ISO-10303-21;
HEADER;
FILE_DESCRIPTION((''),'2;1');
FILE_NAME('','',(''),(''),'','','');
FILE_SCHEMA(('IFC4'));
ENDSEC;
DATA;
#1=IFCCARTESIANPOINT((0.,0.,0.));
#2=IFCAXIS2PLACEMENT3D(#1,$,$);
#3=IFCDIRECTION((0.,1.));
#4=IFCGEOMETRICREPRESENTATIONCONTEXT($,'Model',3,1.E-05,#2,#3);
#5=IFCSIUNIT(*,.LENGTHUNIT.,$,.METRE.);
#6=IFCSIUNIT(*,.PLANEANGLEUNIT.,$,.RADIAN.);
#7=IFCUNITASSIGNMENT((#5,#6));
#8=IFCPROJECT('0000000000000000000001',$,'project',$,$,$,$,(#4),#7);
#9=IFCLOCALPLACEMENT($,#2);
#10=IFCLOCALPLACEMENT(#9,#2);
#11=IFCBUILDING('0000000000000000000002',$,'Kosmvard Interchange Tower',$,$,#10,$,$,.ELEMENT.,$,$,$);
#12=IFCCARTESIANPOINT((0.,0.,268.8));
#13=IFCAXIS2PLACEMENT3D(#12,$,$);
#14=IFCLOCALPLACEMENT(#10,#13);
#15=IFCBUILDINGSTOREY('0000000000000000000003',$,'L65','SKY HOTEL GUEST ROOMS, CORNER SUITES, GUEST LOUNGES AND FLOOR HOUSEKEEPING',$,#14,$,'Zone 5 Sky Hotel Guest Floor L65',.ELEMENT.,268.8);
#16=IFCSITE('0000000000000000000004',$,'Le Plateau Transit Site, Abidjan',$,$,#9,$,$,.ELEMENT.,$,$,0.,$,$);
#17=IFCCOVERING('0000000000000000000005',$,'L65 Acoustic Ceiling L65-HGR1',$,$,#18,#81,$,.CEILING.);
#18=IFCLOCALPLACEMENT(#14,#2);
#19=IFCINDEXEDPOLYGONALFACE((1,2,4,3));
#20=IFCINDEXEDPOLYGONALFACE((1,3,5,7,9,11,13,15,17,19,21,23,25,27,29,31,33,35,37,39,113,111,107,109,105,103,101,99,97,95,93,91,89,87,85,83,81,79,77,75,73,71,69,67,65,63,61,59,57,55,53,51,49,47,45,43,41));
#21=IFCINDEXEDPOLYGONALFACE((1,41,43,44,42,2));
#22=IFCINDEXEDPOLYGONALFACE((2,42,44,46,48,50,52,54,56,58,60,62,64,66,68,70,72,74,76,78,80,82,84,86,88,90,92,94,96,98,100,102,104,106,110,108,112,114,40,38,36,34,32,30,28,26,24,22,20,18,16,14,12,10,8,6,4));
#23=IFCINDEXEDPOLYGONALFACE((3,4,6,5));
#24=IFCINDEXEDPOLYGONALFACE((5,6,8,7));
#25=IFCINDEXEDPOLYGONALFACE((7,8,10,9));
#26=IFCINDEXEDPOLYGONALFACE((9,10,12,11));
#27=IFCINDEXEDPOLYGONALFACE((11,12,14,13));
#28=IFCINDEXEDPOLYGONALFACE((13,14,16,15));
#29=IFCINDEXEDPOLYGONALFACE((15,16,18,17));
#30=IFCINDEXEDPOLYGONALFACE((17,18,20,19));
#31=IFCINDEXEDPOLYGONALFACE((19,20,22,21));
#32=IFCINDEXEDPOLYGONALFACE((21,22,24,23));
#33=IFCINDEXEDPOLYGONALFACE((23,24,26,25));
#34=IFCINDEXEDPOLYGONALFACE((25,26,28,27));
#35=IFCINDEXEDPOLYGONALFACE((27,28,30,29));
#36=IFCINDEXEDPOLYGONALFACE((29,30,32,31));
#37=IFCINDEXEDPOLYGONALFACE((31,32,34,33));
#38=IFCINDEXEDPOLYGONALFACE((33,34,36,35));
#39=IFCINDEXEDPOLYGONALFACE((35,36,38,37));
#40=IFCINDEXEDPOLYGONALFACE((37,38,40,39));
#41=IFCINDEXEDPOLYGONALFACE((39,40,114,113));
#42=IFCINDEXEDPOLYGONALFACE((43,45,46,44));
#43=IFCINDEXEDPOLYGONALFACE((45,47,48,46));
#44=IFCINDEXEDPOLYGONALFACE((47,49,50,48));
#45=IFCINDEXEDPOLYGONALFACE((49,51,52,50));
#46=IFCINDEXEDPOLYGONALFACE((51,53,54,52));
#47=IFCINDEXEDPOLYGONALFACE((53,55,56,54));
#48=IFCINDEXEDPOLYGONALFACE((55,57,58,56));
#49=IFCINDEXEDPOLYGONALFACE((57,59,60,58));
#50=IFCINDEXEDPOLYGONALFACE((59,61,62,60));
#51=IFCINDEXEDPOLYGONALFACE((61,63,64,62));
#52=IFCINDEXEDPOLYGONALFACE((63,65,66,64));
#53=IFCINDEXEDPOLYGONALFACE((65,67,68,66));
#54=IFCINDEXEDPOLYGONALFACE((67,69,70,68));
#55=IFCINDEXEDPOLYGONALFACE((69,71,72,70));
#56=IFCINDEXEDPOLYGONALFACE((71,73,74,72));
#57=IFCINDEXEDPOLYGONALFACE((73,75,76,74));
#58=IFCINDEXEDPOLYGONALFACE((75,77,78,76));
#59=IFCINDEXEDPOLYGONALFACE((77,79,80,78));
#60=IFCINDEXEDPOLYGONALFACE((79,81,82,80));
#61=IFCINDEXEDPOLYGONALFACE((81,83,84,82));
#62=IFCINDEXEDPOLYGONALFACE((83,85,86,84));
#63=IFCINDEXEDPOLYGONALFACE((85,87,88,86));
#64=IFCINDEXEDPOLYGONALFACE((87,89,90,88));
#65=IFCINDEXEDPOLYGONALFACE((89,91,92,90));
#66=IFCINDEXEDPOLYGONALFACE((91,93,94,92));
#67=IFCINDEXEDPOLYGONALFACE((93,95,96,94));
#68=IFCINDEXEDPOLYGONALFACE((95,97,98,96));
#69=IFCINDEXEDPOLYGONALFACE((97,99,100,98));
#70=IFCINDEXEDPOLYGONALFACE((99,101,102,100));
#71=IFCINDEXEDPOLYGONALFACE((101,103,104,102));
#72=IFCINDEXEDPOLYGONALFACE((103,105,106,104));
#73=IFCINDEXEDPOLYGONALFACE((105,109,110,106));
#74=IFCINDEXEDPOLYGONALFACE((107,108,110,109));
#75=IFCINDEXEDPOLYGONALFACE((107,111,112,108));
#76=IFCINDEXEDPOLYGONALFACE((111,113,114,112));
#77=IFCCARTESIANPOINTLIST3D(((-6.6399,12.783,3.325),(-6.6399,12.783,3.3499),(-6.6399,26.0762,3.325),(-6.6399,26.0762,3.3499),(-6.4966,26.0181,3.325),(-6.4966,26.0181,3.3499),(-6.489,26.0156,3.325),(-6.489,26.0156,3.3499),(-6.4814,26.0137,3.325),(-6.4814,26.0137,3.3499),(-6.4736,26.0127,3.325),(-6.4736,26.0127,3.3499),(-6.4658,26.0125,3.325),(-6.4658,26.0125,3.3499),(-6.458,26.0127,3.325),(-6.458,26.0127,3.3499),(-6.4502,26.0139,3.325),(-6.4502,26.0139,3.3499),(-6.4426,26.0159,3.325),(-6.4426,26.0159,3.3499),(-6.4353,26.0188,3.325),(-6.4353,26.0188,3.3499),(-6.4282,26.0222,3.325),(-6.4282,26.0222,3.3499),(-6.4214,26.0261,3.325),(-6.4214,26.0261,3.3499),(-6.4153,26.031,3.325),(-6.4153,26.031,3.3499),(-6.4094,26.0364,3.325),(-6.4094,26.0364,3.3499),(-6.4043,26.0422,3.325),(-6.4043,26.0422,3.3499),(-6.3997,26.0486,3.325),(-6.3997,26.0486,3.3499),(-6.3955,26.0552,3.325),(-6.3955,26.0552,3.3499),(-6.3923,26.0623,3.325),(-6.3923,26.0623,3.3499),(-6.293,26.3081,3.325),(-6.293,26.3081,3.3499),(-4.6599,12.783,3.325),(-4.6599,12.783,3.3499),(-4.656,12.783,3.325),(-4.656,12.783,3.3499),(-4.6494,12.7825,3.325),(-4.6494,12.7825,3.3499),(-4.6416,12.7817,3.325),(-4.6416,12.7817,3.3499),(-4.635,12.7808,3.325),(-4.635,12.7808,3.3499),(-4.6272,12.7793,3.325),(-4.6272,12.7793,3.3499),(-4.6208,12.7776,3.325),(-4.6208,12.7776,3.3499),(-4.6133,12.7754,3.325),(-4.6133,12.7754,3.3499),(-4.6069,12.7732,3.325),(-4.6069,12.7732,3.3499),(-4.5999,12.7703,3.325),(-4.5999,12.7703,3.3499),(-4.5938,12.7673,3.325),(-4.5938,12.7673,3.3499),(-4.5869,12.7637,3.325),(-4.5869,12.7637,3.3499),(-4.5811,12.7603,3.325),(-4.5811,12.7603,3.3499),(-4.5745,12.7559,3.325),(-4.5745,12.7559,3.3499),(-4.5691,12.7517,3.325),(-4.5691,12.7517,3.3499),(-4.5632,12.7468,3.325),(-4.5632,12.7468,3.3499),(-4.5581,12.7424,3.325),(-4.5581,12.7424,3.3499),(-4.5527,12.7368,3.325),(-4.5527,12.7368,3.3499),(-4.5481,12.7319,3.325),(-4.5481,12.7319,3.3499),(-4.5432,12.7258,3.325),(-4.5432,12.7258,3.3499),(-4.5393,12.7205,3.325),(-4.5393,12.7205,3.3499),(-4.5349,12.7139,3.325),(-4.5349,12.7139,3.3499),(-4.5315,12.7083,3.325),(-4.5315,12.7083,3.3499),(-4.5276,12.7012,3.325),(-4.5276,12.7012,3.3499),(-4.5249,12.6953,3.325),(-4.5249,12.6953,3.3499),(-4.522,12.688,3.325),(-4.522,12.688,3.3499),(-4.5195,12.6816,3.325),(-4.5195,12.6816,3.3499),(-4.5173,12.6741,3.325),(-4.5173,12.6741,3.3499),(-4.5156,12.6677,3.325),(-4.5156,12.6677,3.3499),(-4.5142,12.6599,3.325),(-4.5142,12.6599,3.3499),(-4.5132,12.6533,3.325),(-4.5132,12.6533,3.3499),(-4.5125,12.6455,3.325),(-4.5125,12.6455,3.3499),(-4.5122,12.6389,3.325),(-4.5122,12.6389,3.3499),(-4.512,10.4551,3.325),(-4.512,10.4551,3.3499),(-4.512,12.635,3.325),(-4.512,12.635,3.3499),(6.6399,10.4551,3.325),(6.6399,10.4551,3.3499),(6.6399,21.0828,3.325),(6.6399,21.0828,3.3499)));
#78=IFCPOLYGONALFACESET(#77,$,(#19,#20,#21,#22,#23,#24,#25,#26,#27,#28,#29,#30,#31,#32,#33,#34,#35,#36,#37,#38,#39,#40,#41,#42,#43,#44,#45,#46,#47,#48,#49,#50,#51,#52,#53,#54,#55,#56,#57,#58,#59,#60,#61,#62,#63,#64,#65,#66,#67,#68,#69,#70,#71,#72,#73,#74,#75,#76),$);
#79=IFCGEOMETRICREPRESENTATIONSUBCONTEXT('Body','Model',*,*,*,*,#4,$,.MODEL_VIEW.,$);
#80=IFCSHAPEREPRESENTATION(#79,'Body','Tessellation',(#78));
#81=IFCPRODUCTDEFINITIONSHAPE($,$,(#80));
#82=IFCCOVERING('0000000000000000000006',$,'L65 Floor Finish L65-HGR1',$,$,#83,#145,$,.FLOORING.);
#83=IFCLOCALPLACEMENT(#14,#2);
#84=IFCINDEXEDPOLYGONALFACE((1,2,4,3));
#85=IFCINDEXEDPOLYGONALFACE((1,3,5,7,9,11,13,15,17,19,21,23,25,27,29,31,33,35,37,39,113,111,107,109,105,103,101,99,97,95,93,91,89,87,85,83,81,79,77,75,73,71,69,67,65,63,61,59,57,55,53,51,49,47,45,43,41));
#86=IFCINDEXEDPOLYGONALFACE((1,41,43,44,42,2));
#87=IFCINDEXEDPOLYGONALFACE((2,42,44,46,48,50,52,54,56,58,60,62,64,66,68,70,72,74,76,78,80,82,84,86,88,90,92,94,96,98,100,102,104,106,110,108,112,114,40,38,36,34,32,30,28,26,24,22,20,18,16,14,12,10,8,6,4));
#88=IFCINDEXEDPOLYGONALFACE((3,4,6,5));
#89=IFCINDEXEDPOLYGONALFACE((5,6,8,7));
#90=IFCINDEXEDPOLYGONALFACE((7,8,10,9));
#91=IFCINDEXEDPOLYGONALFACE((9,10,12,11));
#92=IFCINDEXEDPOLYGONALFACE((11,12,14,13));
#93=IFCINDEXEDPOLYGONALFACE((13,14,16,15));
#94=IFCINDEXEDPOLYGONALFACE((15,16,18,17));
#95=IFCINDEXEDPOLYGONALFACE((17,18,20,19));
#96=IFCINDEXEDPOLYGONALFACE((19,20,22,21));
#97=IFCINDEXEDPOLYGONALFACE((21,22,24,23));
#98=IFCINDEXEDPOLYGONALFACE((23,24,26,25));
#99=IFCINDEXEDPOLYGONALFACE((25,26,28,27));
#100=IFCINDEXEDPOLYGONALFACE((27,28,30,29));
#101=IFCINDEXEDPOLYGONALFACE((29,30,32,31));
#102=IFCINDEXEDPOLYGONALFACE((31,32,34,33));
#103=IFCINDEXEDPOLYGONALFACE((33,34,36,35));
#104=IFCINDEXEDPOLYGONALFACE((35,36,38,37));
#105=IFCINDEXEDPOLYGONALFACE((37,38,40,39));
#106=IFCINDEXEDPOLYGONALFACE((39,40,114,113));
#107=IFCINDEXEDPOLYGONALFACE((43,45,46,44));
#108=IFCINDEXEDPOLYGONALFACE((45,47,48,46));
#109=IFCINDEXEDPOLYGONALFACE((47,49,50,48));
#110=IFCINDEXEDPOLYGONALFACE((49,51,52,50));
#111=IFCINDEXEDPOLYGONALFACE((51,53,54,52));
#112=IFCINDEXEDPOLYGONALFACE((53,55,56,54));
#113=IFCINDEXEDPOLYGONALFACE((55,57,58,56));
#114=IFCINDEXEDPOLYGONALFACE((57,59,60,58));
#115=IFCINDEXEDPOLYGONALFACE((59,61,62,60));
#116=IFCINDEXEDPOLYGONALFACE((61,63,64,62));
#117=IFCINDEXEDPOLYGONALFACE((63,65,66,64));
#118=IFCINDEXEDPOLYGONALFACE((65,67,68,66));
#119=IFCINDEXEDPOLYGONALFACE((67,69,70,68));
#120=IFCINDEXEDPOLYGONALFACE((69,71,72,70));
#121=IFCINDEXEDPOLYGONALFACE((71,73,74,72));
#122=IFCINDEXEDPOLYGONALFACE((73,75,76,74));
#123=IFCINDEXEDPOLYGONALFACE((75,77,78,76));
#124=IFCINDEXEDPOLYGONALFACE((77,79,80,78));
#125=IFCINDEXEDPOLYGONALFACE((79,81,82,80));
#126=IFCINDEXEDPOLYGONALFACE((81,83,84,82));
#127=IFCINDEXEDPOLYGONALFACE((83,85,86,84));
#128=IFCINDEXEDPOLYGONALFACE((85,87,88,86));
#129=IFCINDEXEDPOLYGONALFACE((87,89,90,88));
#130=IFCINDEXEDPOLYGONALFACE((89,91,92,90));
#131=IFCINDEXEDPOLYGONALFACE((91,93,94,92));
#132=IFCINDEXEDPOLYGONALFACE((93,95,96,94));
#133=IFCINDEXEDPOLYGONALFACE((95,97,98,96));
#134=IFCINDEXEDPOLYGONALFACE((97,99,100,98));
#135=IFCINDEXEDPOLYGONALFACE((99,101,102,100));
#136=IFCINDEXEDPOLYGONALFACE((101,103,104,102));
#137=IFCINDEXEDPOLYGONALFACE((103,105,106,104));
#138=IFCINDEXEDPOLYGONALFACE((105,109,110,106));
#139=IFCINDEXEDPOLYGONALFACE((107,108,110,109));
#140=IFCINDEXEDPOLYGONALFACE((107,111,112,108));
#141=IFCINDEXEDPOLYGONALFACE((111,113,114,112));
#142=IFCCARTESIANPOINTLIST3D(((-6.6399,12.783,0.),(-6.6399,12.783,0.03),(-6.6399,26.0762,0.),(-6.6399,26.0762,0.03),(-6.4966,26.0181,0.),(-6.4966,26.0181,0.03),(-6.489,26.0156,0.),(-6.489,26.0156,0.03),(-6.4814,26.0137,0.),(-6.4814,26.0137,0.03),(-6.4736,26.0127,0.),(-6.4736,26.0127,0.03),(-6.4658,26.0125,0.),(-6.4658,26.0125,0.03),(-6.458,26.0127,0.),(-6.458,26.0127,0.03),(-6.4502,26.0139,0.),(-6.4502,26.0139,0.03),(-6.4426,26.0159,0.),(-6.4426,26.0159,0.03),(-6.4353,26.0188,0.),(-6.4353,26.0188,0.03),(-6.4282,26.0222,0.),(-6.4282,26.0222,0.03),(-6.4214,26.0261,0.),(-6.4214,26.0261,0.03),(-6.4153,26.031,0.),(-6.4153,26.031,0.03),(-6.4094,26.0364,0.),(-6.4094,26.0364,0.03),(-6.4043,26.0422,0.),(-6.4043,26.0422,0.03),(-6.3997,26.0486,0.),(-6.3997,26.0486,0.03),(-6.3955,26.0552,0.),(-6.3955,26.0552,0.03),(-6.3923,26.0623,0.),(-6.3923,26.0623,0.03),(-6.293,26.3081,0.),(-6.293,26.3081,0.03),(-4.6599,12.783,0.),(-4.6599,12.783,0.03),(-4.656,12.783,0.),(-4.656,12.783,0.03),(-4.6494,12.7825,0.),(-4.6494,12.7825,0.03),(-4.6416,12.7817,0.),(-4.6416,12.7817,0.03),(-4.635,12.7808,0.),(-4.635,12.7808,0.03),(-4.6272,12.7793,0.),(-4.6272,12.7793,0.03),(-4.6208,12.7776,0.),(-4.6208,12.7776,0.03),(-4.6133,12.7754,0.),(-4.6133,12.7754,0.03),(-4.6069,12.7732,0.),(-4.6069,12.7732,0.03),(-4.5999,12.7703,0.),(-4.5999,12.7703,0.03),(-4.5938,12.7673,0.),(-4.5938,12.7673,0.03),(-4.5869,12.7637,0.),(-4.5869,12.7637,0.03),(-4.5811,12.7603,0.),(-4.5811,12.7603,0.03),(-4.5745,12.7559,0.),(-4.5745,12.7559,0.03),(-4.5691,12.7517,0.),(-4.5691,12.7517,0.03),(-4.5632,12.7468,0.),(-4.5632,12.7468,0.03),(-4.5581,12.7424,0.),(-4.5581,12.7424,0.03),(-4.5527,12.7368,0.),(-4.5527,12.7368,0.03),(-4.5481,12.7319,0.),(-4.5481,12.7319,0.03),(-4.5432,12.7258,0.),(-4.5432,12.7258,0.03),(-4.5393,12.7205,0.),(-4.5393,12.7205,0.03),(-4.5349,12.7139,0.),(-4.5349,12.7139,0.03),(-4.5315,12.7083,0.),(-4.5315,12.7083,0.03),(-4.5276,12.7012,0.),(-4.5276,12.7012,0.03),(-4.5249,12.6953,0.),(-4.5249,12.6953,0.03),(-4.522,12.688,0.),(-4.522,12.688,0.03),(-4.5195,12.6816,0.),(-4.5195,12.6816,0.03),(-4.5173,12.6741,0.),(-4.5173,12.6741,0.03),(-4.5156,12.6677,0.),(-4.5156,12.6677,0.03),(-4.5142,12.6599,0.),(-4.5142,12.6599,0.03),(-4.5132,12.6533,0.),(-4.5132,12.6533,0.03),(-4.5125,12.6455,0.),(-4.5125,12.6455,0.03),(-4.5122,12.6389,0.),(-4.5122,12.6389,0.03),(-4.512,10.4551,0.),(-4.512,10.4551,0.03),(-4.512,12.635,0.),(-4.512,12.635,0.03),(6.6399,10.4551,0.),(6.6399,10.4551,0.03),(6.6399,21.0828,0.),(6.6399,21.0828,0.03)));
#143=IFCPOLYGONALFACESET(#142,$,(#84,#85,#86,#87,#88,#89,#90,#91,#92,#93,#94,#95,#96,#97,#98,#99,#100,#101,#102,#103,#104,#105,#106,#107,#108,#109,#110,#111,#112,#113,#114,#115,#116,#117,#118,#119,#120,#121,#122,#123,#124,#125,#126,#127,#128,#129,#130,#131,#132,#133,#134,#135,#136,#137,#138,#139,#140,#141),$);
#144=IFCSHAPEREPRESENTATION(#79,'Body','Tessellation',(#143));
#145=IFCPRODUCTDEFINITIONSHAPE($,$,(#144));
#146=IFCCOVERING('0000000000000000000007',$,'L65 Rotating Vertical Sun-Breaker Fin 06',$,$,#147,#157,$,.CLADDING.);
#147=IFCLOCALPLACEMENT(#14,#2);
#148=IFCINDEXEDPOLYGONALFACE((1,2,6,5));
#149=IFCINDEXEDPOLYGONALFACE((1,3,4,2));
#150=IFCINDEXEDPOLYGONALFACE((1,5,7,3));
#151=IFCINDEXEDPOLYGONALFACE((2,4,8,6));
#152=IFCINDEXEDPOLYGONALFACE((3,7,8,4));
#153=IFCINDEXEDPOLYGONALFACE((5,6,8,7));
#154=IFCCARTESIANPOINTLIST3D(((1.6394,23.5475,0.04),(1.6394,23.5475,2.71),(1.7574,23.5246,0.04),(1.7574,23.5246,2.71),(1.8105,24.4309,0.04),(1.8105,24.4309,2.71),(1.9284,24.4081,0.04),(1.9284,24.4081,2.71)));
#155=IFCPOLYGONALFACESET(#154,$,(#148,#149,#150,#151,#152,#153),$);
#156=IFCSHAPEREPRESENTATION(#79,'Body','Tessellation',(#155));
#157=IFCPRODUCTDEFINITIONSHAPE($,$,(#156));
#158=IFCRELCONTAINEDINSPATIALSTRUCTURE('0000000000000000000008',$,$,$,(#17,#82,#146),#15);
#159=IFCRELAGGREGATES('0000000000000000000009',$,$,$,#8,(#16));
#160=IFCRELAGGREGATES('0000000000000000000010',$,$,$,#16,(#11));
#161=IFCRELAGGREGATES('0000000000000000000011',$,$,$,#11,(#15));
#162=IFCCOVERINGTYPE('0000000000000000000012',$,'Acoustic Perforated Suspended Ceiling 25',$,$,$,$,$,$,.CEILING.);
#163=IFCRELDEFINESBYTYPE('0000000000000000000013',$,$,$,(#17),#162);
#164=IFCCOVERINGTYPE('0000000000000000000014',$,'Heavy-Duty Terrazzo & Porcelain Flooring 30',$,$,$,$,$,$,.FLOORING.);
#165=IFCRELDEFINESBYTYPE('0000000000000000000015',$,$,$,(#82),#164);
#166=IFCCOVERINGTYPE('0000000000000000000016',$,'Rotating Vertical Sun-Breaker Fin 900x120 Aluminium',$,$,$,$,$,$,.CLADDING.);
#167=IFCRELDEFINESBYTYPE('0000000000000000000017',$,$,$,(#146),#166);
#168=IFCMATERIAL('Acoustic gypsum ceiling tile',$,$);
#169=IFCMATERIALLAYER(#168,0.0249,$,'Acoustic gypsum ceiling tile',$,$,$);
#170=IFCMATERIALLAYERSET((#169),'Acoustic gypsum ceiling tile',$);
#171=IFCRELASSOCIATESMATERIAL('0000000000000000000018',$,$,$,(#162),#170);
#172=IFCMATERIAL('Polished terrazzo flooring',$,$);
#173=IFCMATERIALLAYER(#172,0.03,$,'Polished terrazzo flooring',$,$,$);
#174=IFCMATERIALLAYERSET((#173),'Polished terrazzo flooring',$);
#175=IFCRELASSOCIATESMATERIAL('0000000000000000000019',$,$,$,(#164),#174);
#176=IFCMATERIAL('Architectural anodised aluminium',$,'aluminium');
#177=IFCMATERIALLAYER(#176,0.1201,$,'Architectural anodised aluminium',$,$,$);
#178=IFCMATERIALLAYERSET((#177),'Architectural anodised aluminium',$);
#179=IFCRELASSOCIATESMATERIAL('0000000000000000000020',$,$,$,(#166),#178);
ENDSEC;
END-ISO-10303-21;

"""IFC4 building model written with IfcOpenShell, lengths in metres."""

from ifc_helpers import new_model, si_unit, direction, frame, origin, origin_2d, place, context, subcontext, project, spatial, polyline, rectangle, outline, extrude, source, transform, mapped, material, layer, layer_set, type_object, element, save


model = new_model("IFC4")

# Units and contexts
model_context = context("Model", 3, precision=1e-05, world=origin(), true_north=direction((0.0, 1.0)))
body_context = subcontext(model_context, "Body", "Model", "MODEL_VIEW")
ifc_project = project(units=[si_unit("LENGTHUNIT", "METRE"), si_unit("PLANEANGLEUNIT", "RADIAN")], contexts=[model_context])

# Site, building, storey
site_placement = place(None, origin())
site = spatial("IfcSite", under=ifc_project, at=site_placement, Name="Le Plateau Transit Site, Abidjan", CompositionType="ELEMENT", RefElevation=0.0)
building_placement = place(site_placement, origin())
building = spatial("IfcBuilding", under=site, at=building_placement, Name="Kosmvard Interchange Tower", CompositionType="ELEMENT")
storey_placement = place(building_placement, frame((0.0, 0.0, 268.8)))
storey = spatial("IfcBuildingStorey", under=building, at=storey_placement, Name="L65", Description="SKY HOTEL GUEST ROOMS, CORNER SUITES, GUEST LOUNGES AND FLOOR HOUSEKEEPING", LongName="Zone 5 Sky Hotel Guest Floor L65", CompositionType="ELEMENT", Elevation=268.8)

# Coverings
ifc_material_1 = material(Name="Acoustic gypsum ceiling tile")
ifc_layer_1 = layer(ifc_material_1, 0.0249, Name="Acoustic gypsum ceiling tile")
ifc_layer_set_1 = layer_set([ifc_layer_1], Name="Acoustic gypsum ceiling tile")
covering_type_1 = type_object("IfcCoveringType", Name="Acoustic Perforated Suspended Ceiling 25", PredefinedType="CEILING", material=ifc_layer_set_1)
covering_1_placement = place(storey_placement, frame((0.0, 0.0, 3.325)))
element("IfcCovering", 1, at=covering_1_placement, inside=storey, type_object=covering_type_1, Name="L65 Acoustic Ceiling L65-HGR1", PredefinedType="CEILING", context=body_context, shape_type="SweptSolid", body=[
    extrude(outline(polyline([(-6.6399, 12.783), (-4.6599, 12.783), (-4.656, 12.783), (-4.6494, 12.7825), (-4.6416, 12.7817), (-4.635, 12.7808), (-4.6272, 12.7793), (-4.6208, 12.7776), (-4.6133, 12.7754), (-4.6069, 12.7732), (-4.5999, 12.7703), (-4.5938, 12.7673), (-4.5869, 12.7637), (-4.5811, 12.7603), (-4.5745, 12.7559), (-4.5691, 12.7517), (-4.5632, 12.7468), (-4.5581, 12.7424), (-4.5527, 12.7368), (-4.5481, 12.7319), (-4.5432, 12.7258), (-4.5393, 12.7205), (-4.5349, 12.7139), (-4.5315, 12.7083), (-4.5276, 12.7012), (-4.5249, 12.6953), (-4.522, 12.688), (-4.5195, 12.6816), (-4.5173, 12.6741), (-4.5156, 12.6677), (-4.5142, 12.6599), (-4.5132, 12.6533), (-4.5125, 12.6455), (-4.5122, 12.6389), (-4.512, 12.635), (-4.512, 10.4551), (6.6399, 10.4551), (6.6399, 21.0828), (-6.293, 26.3081), (-6.3923, 26.0623), (-6.3955, 26.0552), (-6.3997, 26.0486), (-6.4043, 26.0422), (-6.4094, 26.0364), (-6.4153, 26.031), (-6.4214, 26.0261), (-6.4282, 26.0222), (-6.4353, 26.0188), (-6.4426, 26.0159), (-6.4502, 26.0139), (-6.458, 26.0127), (-6.4658, 26.0125), (-6.4736, 26.0127), (-6.4814, 26.0137), (-6.489, 26.0156), (-6.4966, 26.0181), (-6.6399, 26.0762), (-6.6399, 12.783)])), origin(), (0.0, 0.0, 1.0), 0.0249),
])
ifc_material_2 = material(Name="Polished terrazzo flooring")
ifc_layer_2 = layer(ifc_material_2, 0.03, Name="Polished terrazzo flooring")
ifc_layer_set_2 = layer_set([ifc_layer_2], Name="Polished terrazzo flooring")
covering_type_2 = type_object("IfcCoveringType", Name="Heavy-Duty Terrazzo & Porcelain Flooring 30", PredefinedType="FLOORING", material=ifc_layer_set_2)
covering_2_placement = place(storey_placement, origin())
element("IfcCovering", 2, at=covering_2_placement, inside=storey, type_object=covering_type_2, Name="L65 Floor Finish L65-HGR1", PredefinedType="FLOORING", context=body_context, shape_type="SweptSolid", body=[
    extrude(outline(polyline([(-6.6399, 12.783), (-4.6599, 12.783), (-4.656, 12.783), (-4.6494, 12.7825), (-4.6416, 12.7817), (-4.635, 12.7808), (-4.6272, 12.7793), (-4.6208, 12.7776), (-4.6133, 12.7754), (-4.6069, 12.7732), (-4.5999, 12.7703), (-4.5938, 12.7673), (-4.5869, 12.7637), (-4.5811, 12.7603), (-4.5745, 12.7559), (-4.5691, 12.7517), (-4.5632, 12.7468), (-4.5581, 12.7424), (-4.5527, 12.7368), (-4.5481, 12.7319), (-4.5432, 12.7258), (-4.5393, 12.7205), (-4.5349, 12.7139), (-4.5315, 12.7083), (-4.5276, 12.7012), (-4.5249, 12.6953), (-4.522, 12.688), (-4.5195, 12.6816), (-4.5173, 12.6741), (-4.5156, 12.6677), (-4.5142, 12.6599), (-4.5132, 12.6533), (-4.5125, 12.6455), (-4.5122, 12.6389), (-4.512, 12.635), (-4.512, 10.4551), (6.6399, 10.4551), (6.6399, 21.0828), (-6.293, 26.3081), (-6.3923, 26.0623), (-6.3955, 26.0552), (-6.3997, 26.0486), (-6.4043, 26.0422), (-6.4094, 26.0364), (-6.4153, 26.031), (-6.4214, 26.0261), (-6.4282, 26.0222), (-6.4353, 26.0188), (-6.4426, 26.0159), (-6.4502, 26.0139), (-6.458, 26.0127), (-6.4658, 26.0125), (-6.4736, 26.0127), (-6.4814, 26.0137), (-6.489, 26.0156), (-6.4966, 26.0181), (-6.6399, 26.0762), (-6.6399, 12.783)])), origin(), (0.0, 0.0, 1.0), 0.03),
])
ifc_material_3 = material(Name="Architectural anodised aluminium", Category="aluminium")
ifc_layer_3 = layer(ifc_material_3, 0.1201, Name="Architectural anodised aluminium")
ifc_layer_set_3 = layer_set([ifc_layer_3], Name="Architectural anodised aluminium")
covering_type_3 = type_object("IfcCoveringType", Name="Rotating Vertical Sun-Breaker Fin 900x120 Aluminium", PredefinedType="CLADDING", material=ifc_layer_set_3)
shared_shape_1 = source(origin(), body_context, "Body", "SweptSolid", [
    extrude(rectangle(XDim=0.8999, YDim=0.1201, at=origin_2d()), origin(), (0.0, 0.0, 1.0), 2.6699),
])
covering_3_placement = place(storey_placement, frame((1.7839, 23.9778, 0.04), z_axis=(0.0, 0.0, 1.0), x_axis=(0.190124, 0.98176, 0.0)))
element("IfcCovering", 3, at=covering_3_placement, inside=storey, type_object=covering_type_3, Name="L65 Rotating Vertical Sun-Breaker Fin 06", PredefinedType="CLADDING", context=body_context, shape_type="MappedRepresentation", body=[
    mapped(shared_shape_1, transform((0.0, 0.0, 0.0), scale=1.0)),
])

save(model, "model.ifc")
